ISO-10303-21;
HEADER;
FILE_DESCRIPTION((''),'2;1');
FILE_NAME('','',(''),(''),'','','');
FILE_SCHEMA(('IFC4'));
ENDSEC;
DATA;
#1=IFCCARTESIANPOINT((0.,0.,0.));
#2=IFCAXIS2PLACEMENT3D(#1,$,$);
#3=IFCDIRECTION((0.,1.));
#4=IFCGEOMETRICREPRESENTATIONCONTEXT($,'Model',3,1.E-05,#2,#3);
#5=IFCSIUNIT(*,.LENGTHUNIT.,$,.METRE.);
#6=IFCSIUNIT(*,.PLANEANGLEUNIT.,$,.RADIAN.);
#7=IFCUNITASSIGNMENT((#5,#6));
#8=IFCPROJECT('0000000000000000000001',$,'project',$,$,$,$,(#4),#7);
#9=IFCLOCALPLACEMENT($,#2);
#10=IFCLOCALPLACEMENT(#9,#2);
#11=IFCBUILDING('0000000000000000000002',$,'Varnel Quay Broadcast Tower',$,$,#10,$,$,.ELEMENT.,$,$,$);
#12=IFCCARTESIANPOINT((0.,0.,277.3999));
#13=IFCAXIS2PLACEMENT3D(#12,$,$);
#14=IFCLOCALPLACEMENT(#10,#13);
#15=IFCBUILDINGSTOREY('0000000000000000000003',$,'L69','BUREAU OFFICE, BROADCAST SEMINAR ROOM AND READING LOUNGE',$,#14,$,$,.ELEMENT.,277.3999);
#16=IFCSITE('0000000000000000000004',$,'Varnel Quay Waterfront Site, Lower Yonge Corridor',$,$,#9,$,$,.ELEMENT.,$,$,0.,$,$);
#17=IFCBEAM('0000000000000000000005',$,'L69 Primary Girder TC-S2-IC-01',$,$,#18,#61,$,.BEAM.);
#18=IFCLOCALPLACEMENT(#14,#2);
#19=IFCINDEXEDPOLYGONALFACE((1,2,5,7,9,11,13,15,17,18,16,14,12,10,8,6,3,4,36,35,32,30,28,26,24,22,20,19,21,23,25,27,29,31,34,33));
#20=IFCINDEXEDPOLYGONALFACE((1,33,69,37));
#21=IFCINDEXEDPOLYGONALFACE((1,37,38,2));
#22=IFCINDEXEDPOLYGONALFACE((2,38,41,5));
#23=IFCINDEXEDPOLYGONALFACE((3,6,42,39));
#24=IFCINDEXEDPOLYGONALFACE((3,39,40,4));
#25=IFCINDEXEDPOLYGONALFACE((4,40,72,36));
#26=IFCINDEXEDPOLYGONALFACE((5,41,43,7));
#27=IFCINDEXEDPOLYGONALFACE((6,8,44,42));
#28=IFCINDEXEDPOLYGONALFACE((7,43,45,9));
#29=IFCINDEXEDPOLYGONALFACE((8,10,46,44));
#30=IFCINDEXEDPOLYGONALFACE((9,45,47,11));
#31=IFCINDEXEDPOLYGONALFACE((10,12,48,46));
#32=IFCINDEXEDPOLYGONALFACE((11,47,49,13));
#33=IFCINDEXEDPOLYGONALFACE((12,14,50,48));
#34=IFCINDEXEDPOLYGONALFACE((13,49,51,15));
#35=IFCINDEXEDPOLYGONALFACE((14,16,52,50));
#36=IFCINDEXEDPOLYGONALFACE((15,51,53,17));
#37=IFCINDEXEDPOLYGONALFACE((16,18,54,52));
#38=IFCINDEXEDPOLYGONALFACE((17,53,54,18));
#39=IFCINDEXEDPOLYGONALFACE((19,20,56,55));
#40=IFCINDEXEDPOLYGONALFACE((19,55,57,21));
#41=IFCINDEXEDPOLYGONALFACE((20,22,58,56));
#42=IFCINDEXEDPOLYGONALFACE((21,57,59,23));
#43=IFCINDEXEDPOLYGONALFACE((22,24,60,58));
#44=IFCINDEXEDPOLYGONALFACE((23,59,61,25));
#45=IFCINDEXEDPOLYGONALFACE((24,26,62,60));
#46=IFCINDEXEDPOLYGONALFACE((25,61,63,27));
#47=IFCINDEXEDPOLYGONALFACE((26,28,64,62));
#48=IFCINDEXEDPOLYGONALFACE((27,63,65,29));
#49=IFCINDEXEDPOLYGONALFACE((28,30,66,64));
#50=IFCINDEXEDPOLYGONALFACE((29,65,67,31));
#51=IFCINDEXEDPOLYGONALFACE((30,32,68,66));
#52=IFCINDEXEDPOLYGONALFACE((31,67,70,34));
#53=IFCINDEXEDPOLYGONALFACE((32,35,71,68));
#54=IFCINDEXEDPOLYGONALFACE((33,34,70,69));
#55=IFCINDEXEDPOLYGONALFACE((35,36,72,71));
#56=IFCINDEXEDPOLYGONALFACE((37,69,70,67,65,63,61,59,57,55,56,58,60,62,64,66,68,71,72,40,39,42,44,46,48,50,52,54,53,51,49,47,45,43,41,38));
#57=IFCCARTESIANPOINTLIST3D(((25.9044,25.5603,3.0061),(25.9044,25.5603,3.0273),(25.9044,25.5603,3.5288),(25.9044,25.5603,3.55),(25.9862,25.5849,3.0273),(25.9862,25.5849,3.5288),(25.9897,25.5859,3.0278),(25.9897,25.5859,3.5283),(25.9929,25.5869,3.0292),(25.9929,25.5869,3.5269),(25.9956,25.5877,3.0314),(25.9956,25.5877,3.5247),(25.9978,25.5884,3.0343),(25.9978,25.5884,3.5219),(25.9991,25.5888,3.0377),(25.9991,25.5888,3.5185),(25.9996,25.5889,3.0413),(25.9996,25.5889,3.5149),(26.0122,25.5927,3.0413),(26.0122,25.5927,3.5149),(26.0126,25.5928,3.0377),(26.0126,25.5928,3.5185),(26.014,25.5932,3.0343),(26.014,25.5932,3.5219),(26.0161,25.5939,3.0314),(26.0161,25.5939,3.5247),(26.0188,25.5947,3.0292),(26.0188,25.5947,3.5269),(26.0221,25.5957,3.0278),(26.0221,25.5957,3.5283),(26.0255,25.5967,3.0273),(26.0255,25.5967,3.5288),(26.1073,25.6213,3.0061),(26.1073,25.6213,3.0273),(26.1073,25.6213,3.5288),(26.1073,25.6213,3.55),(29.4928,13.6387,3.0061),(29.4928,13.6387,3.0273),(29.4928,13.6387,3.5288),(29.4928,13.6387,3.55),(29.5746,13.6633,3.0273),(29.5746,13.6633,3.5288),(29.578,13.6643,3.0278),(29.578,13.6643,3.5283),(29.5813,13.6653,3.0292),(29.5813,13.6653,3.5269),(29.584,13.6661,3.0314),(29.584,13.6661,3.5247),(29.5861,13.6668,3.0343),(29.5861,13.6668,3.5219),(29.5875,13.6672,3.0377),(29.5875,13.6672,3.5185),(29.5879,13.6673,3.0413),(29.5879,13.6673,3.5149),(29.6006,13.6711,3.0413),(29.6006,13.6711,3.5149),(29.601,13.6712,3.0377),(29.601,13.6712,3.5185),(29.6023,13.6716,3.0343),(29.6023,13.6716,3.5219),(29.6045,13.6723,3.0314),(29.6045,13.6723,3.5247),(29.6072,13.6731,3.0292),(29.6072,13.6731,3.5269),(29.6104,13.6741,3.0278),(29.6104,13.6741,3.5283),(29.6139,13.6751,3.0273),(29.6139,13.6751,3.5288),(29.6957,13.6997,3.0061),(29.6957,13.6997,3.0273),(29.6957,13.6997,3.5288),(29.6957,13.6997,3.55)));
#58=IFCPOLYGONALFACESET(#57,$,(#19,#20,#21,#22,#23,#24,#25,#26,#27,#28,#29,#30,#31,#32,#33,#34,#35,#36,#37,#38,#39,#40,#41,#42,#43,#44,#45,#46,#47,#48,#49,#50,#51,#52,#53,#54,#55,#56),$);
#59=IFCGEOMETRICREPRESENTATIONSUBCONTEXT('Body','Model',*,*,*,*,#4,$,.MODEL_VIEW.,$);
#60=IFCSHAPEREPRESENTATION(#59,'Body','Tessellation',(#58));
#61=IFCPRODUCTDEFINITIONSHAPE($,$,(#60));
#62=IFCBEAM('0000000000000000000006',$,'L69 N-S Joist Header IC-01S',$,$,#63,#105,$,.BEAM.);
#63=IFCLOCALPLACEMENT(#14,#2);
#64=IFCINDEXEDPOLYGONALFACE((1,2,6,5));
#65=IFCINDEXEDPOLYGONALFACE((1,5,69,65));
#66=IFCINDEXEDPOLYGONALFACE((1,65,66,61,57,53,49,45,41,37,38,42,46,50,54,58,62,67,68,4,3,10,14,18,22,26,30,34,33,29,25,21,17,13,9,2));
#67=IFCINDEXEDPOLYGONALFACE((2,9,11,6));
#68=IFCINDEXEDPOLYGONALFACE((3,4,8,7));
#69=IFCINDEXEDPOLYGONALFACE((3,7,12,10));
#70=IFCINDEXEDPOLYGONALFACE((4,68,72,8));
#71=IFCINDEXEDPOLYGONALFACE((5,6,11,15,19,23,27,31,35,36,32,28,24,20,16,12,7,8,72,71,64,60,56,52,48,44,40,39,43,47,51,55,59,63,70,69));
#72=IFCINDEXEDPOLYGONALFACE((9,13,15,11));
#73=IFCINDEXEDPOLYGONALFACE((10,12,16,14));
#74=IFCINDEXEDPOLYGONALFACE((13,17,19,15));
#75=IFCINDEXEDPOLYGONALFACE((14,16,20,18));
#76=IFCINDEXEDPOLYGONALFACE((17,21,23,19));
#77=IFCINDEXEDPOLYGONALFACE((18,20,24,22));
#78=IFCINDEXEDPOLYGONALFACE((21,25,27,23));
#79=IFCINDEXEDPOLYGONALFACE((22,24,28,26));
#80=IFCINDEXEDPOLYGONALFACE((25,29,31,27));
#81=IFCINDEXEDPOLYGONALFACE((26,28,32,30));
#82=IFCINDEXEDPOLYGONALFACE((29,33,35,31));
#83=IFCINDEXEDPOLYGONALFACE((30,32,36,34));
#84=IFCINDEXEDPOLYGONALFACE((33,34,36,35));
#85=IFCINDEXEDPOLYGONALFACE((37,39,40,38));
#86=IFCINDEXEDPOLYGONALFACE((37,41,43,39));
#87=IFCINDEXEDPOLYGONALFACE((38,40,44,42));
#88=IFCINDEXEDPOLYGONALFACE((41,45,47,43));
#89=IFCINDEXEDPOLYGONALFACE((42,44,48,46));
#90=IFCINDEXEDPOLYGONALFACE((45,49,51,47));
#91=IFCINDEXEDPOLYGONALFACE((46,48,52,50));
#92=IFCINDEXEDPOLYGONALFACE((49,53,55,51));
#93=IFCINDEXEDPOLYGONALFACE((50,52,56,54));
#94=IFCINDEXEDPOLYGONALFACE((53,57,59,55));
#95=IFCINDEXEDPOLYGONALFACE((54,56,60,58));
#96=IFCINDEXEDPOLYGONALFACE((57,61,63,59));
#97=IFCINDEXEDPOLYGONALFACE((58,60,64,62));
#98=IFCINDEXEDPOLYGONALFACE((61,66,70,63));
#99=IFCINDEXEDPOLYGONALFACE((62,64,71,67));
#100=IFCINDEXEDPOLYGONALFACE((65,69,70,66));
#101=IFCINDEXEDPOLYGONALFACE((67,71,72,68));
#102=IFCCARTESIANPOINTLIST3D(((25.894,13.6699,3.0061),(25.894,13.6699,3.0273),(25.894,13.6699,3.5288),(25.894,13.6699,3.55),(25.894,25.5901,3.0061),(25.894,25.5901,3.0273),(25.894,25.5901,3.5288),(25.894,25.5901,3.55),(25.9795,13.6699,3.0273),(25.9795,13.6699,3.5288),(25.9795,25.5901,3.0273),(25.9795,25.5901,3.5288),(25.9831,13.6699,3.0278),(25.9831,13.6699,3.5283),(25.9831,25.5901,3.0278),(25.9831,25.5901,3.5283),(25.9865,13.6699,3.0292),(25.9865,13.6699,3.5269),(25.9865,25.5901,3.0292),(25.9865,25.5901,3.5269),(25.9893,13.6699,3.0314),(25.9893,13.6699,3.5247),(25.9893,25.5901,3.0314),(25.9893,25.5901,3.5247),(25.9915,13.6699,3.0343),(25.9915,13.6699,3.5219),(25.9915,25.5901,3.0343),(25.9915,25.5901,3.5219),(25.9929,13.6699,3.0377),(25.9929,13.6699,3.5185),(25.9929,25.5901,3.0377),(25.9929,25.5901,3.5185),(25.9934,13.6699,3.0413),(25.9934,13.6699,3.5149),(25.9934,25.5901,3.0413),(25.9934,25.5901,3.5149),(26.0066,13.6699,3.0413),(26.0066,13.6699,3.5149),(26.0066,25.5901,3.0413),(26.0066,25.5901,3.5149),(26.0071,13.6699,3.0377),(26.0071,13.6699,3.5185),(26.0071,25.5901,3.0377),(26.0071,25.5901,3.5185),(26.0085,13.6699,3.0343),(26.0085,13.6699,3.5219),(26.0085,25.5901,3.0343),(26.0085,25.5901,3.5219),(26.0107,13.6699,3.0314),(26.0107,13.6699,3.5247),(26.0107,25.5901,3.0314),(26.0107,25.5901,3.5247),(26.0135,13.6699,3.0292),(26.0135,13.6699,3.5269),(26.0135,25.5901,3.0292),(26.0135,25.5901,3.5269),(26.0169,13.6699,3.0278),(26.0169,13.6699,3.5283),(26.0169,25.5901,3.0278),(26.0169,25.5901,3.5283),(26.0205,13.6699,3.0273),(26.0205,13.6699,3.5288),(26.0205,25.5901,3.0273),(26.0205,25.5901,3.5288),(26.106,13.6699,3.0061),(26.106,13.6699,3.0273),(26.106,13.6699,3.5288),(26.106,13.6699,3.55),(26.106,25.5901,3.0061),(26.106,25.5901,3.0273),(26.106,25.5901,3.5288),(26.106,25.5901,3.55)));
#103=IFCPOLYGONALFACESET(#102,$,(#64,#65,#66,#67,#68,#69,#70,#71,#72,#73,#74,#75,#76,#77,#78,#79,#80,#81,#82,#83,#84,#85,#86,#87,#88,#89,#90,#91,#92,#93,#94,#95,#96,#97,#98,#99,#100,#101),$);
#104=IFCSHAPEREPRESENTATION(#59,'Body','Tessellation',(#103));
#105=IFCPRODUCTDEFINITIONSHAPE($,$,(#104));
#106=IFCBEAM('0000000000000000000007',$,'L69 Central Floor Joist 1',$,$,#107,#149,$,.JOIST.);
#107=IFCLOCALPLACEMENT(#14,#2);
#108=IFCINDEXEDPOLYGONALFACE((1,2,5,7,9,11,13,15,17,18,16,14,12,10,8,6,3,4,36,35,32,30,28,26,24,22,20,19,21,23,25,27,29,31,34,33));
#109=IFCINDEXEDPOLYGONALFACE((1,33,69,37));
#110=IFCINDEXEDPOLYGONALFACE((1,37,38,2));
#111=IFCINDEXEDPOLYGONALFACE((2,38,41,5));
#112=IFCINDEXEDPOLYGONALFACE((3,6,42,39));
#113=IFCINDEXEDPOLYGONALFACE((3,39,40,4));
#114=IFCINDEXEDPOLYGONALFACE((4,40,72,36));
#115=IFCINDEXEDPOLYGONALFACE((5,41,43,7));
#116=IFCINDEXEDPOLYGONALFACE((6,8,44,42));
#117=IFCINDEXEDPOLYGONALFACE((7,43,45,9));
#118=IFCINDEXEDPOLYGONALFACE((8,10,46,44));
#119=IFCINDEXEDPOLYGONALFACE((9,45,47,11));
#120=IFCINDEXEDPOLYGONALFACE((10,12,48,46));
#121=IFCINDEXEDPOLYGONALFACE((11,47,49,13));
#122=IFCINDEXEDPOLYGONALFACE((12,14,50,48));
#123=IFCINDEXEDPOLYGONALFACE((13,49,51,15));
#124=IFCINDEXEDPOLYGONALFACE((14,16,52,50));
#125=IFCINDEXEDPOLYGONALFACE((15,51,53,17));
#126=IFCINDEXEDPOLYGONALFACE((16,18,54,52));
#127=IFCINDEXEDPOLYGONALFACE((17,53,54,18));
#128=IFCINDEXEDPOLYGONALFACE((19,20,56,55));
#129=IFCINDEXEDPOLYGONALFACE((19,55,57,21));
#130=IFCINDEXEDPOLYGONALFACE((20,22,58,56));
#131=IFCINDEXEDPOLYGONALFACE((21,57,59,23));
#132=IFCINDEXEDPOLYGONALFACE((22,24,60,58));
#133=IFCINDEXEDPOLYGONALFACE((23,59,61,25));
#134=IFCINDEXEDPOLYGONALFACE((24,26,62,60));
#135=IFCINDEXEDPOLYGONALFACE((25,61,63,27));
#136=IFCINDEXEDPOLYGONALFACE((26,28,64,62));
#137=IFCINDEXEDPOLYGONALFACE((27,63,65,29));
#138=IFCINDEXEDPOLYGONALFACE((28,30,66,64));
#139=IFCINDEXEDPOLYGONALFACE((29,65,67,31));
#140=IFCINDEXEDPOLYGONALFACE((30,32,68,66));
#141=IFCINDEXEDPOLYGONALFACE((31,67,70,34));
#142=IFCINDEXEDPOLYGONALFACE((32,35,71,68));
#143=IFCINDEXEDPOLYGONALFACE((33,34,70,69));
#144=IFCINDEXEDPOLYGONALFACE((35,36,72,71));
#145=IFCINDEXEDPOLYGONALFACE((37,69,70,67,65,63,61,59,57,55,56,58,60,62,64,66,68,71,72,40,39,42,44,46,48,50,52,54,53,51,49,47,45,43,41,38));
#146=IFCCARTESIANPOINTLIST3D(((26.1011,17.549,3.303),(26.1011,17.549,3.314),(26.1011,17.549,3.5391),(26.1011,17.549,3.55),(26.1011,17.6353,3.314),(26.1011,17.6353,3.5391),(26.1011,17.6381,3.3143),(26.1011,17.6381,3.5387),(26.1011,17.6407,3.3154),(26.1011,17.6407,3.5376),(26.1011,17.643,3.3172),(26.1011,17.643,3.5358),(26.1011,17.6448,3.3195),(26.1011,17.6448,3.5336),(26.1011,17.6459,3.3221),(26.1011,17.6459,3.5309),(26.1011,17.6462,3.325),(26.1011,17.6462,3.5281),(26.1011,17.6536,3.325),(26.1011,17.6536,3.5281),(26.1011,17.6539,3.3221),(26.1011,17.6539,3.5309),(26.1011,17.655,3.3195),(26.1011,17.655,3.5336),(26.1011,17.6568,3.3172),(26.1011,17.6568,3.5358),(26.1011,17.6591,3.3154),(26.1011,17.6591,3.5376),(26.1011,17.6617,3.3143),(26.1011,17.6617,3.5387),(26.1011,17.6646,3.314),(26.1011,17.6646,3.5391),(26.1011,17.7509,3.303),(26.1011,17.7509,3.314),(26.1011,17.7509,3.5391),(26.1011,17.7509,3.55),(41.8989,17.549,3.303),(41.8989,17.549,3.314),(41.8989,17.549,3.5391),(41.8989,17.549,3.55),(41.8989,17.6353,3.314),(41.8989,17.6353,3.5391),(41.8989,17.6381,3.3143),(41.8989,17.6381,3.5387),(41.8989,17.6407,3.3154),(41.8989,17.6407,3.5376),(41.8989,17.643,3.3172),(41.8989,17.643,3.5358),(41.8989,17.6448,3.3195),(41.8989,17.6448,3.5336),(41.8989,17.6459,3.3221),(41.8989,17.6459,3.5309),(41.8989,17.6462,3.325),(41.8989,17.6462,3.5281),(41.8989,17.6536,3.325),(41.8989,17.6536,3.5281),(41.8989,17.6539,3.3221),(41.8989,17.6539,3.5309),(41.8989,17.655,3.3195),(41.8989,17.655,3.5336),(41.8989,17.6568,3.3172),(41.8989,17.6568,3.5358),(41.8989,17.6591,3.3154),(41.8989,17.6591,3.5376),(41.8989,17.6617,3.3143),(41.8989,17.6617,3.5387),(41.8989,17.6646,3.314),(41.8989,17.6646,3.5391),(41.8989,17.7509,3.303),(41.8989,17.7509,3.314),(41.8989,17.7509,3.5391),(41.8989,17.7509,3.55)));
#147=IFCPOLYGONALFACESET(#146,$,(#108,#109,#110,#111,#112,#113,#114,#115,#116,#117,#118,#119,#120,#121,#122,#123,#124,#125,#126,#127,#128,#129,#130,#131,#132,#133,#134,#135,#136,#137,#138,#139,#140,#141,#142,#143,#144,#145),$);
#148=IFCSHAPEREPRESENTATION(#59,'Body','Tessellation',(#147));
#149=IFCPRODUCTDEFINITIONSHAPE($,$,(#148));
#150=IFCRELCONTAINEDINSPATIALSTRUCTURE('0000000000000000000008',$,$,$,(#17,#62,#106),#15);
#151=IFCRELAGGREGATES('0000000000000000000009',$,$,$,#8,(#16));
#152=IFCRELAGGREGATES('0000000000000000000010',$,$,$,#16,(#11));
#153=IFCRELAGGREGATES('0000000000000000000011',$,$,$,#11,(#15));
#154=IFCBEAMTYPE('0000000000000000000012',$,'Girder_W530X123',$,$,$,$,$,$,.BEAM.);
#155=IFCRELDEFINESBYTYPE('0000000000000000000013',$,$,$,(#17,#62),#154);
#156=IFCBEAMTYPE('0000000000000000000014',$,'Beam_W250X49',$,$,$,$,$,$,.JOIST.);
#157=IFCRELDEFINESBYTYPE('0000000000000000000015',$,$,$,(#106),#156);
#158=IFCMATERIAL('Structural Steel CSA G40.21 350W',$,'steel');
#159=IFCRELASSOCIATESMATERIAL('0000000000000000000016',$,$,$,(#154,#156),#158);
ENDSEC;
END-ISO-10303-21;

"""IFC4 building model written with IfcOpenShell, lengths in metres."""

from ifc_helpers import new_model, si_unit, direction, frame, origin, origin_2d, place, context, subcontext, project, spatial, i_section, extrude, source, transform, mapped, material, material_profile, profile_set, type_object, type_shapes, element, save


model = new_model("IFC4")

# Units and contexts
model_context = context("Model", 3, precision=1e-05, world=origin(), true_north=direction((0.0, 1.0)))
body_context = subcontext(model_context, "Body", "Model", "MODEL_VIEW")
ifc_project = project(units=[si_unit("LENGTHUNIT", "METRE"), si_unit("PLANEANGLEUNIT", "RADIAN")], contexts=[model_context])

# Site, building, storey
site_placement = place(None, origin())
site = spatial("IfcSite", under=ifc_project, at=site_placement, Name="Varnel Quay Waterfront Site, Lower Yonge Corridor", CompositionType="ELEMENT", RefElevation=0.0)
building_placement = place(site_placement, origin())
building = spatial("IfcBuilding", under=site, at=building_placement, Name="Varnel Quay Broadcast Tower", CompositionType="ELEMENT")
storey_placement = place(building_placement, frame((0.0, 0.0, 277.3999)))
storey = spatial("IfcBuildingStorey", under=building, at=storey_placement, Name="L69", Description="BUREAU OFFICE, BROADCAST SEMINAR ROOM AND READING LOUNGE", CompositionType="ELEMENT", Elevation=277.3999)

# Shared definitions
ifc_material_1 = material(Name="Structural Steel CSA G40.21 350W", Category="steel")

# Beams
ifc_material_profile_1 = material_profile(ifc_material_1, i_section(OverallWidth=0.2119, OverallDepth=0.5439, WebThickness=0.0132, FlangeThickness=0.0212, FilletRadius=0.0139, at=origin_2d()), Name="W530X123")
ifc_profile_set_1 = profile_set([ifc_material_profile_1], Name="Structural Steel CSA G40.21 350W")
beam_type_1 = type_object("IfcBeamType", Name="Girder_W530X123", PredefinedType="BEAM", material=ifc_profile_set_1)
shared_shape_1 = source(origin(), body_context, "Body", "SweptSolid", [
    extrude(i_section(OverallWidth=0.2119, OverallDepth=0.5439, WebThickness=0.0132, FlangeThickness=0.0212, FilletRadius=0.0139, at=origin_2d()), origin(), (0.0, 0.0, 1.0), 12.45),
])
beam_1_placement = place(storey_placement, frame((29.5942, 13.6692, 3.2781), z_axis=(-0.288224, 0.957563, 0.0), x_axis=(-0.957563, -0.288224, 0.0)))
element("IfcBeam", 1, at=beam_1_placement, inside=storey, type_object=beam_type_1, Name="L69 Primary Girder TC-S2-IC-01", PredefinedType="BEAM", context=body_context, shape_type="MappedRepresentation", body=[
    mapped(shared_shape_1, transform((0.0, 0.0, 0.0), x_axis=(1.0, 0.0, 0.0), y_axis=(0.0, 1.0, 0.0), z_axis=(0.0, 0.0, 1.0), scale=1.0)),
])
shared_shape_2 = source(origin(), body_context, "Body", "SweptSolid", [
    extrude(i_section(OverallWidth=0.2119, OverallDepth=0.5439, WebThickness=0.0132, FlangeThickness=0.0212, FilletRadius=0.0139, at=origin_2d()), origin(), (0.0, 0.0, 1.0), 11.9202),
])
type_shapes(beam_type_1, [shared_shape_1, shared_shape_2])
beam_2_placement = place(storey_placement, frame((26.0, 13.6699, 3.2781), z_axis=(0.0, 1.0, 0.0), x_axis=(-1.0, 0.0, 0.0)))
element("IfcBeam", 2, at=beam_2_placement, inside=storey, type_object=beam_type_1, Name="L69 N-S Joist Header IC-01S", PredefinedType="BEAM", context=body_context, shape_type="MappedRepresentation", body=[
    mapped(shared_shape_2, transform((0.0, 0.0, 0.0), x_axis=(1.0, 0.0, 0.0), y_axis=(0.0, 1.0, 0.0), z_axis=(0.0, 0.0, 1.0), scale=1.0)),
])
ifc_material_profile_2 = material_profile(ifc_material_1, i_section(OverallWidth=0.2019, OverallDepth=0.2471, WebThickness=0.0073, FlangeThickness=0.011, FilletRadius=0.011, at=origin_2d()), Name="W250X49")
ifc_profile_set_2 = profile_set([ifc_material_profile_2], Name="Structural Steel CSA G40.21 350W")
beam_type_2 = type_object("IfcBeamType", Name="Beam_W250X49", PredefinedType="JOIST", material=ifc_profile_set_2)
shared_shape_3 = source(origin(), body_context, "Body", "SweptSolid", [
    extrude(i_section(OverallWidth=0.2019, OverallDepth=0.2471, WebThickness=0.0073, FlangeThickness=0.011, FilletRadius=0.011, at=origin_2d()), origin(), (0.0, 0.0, 1.0), 15.7979),
])
type_shapes(beam_type_2, [shared_shape_3])
beam_3_placement = place(storey_placement, frame((26.1011, 17.6499, 3.4265), z_axis=(1.0, 0.0, 0.0), x_axis=(0.0, 1.0, 0.0)))
element("IfcBeam", 3, at=beam_3_placement, inside=storey, type_object=beam_type_2, Name="L69 Central Floor Joist 1", PredefinedType="JOIST", context=body_context, shape_type="MappedRepresentation", body=[
    mapped(shared_shape_3, transform((0.0, 0.0, 0.0), x_axis=(1.0, 0.0, 0.0), y_axis=(0.0, 1.0, 0.0), z_axis=(0.0, 0.0, 1.0), scale=1.0)),
])

save(model, "model.ifc")
